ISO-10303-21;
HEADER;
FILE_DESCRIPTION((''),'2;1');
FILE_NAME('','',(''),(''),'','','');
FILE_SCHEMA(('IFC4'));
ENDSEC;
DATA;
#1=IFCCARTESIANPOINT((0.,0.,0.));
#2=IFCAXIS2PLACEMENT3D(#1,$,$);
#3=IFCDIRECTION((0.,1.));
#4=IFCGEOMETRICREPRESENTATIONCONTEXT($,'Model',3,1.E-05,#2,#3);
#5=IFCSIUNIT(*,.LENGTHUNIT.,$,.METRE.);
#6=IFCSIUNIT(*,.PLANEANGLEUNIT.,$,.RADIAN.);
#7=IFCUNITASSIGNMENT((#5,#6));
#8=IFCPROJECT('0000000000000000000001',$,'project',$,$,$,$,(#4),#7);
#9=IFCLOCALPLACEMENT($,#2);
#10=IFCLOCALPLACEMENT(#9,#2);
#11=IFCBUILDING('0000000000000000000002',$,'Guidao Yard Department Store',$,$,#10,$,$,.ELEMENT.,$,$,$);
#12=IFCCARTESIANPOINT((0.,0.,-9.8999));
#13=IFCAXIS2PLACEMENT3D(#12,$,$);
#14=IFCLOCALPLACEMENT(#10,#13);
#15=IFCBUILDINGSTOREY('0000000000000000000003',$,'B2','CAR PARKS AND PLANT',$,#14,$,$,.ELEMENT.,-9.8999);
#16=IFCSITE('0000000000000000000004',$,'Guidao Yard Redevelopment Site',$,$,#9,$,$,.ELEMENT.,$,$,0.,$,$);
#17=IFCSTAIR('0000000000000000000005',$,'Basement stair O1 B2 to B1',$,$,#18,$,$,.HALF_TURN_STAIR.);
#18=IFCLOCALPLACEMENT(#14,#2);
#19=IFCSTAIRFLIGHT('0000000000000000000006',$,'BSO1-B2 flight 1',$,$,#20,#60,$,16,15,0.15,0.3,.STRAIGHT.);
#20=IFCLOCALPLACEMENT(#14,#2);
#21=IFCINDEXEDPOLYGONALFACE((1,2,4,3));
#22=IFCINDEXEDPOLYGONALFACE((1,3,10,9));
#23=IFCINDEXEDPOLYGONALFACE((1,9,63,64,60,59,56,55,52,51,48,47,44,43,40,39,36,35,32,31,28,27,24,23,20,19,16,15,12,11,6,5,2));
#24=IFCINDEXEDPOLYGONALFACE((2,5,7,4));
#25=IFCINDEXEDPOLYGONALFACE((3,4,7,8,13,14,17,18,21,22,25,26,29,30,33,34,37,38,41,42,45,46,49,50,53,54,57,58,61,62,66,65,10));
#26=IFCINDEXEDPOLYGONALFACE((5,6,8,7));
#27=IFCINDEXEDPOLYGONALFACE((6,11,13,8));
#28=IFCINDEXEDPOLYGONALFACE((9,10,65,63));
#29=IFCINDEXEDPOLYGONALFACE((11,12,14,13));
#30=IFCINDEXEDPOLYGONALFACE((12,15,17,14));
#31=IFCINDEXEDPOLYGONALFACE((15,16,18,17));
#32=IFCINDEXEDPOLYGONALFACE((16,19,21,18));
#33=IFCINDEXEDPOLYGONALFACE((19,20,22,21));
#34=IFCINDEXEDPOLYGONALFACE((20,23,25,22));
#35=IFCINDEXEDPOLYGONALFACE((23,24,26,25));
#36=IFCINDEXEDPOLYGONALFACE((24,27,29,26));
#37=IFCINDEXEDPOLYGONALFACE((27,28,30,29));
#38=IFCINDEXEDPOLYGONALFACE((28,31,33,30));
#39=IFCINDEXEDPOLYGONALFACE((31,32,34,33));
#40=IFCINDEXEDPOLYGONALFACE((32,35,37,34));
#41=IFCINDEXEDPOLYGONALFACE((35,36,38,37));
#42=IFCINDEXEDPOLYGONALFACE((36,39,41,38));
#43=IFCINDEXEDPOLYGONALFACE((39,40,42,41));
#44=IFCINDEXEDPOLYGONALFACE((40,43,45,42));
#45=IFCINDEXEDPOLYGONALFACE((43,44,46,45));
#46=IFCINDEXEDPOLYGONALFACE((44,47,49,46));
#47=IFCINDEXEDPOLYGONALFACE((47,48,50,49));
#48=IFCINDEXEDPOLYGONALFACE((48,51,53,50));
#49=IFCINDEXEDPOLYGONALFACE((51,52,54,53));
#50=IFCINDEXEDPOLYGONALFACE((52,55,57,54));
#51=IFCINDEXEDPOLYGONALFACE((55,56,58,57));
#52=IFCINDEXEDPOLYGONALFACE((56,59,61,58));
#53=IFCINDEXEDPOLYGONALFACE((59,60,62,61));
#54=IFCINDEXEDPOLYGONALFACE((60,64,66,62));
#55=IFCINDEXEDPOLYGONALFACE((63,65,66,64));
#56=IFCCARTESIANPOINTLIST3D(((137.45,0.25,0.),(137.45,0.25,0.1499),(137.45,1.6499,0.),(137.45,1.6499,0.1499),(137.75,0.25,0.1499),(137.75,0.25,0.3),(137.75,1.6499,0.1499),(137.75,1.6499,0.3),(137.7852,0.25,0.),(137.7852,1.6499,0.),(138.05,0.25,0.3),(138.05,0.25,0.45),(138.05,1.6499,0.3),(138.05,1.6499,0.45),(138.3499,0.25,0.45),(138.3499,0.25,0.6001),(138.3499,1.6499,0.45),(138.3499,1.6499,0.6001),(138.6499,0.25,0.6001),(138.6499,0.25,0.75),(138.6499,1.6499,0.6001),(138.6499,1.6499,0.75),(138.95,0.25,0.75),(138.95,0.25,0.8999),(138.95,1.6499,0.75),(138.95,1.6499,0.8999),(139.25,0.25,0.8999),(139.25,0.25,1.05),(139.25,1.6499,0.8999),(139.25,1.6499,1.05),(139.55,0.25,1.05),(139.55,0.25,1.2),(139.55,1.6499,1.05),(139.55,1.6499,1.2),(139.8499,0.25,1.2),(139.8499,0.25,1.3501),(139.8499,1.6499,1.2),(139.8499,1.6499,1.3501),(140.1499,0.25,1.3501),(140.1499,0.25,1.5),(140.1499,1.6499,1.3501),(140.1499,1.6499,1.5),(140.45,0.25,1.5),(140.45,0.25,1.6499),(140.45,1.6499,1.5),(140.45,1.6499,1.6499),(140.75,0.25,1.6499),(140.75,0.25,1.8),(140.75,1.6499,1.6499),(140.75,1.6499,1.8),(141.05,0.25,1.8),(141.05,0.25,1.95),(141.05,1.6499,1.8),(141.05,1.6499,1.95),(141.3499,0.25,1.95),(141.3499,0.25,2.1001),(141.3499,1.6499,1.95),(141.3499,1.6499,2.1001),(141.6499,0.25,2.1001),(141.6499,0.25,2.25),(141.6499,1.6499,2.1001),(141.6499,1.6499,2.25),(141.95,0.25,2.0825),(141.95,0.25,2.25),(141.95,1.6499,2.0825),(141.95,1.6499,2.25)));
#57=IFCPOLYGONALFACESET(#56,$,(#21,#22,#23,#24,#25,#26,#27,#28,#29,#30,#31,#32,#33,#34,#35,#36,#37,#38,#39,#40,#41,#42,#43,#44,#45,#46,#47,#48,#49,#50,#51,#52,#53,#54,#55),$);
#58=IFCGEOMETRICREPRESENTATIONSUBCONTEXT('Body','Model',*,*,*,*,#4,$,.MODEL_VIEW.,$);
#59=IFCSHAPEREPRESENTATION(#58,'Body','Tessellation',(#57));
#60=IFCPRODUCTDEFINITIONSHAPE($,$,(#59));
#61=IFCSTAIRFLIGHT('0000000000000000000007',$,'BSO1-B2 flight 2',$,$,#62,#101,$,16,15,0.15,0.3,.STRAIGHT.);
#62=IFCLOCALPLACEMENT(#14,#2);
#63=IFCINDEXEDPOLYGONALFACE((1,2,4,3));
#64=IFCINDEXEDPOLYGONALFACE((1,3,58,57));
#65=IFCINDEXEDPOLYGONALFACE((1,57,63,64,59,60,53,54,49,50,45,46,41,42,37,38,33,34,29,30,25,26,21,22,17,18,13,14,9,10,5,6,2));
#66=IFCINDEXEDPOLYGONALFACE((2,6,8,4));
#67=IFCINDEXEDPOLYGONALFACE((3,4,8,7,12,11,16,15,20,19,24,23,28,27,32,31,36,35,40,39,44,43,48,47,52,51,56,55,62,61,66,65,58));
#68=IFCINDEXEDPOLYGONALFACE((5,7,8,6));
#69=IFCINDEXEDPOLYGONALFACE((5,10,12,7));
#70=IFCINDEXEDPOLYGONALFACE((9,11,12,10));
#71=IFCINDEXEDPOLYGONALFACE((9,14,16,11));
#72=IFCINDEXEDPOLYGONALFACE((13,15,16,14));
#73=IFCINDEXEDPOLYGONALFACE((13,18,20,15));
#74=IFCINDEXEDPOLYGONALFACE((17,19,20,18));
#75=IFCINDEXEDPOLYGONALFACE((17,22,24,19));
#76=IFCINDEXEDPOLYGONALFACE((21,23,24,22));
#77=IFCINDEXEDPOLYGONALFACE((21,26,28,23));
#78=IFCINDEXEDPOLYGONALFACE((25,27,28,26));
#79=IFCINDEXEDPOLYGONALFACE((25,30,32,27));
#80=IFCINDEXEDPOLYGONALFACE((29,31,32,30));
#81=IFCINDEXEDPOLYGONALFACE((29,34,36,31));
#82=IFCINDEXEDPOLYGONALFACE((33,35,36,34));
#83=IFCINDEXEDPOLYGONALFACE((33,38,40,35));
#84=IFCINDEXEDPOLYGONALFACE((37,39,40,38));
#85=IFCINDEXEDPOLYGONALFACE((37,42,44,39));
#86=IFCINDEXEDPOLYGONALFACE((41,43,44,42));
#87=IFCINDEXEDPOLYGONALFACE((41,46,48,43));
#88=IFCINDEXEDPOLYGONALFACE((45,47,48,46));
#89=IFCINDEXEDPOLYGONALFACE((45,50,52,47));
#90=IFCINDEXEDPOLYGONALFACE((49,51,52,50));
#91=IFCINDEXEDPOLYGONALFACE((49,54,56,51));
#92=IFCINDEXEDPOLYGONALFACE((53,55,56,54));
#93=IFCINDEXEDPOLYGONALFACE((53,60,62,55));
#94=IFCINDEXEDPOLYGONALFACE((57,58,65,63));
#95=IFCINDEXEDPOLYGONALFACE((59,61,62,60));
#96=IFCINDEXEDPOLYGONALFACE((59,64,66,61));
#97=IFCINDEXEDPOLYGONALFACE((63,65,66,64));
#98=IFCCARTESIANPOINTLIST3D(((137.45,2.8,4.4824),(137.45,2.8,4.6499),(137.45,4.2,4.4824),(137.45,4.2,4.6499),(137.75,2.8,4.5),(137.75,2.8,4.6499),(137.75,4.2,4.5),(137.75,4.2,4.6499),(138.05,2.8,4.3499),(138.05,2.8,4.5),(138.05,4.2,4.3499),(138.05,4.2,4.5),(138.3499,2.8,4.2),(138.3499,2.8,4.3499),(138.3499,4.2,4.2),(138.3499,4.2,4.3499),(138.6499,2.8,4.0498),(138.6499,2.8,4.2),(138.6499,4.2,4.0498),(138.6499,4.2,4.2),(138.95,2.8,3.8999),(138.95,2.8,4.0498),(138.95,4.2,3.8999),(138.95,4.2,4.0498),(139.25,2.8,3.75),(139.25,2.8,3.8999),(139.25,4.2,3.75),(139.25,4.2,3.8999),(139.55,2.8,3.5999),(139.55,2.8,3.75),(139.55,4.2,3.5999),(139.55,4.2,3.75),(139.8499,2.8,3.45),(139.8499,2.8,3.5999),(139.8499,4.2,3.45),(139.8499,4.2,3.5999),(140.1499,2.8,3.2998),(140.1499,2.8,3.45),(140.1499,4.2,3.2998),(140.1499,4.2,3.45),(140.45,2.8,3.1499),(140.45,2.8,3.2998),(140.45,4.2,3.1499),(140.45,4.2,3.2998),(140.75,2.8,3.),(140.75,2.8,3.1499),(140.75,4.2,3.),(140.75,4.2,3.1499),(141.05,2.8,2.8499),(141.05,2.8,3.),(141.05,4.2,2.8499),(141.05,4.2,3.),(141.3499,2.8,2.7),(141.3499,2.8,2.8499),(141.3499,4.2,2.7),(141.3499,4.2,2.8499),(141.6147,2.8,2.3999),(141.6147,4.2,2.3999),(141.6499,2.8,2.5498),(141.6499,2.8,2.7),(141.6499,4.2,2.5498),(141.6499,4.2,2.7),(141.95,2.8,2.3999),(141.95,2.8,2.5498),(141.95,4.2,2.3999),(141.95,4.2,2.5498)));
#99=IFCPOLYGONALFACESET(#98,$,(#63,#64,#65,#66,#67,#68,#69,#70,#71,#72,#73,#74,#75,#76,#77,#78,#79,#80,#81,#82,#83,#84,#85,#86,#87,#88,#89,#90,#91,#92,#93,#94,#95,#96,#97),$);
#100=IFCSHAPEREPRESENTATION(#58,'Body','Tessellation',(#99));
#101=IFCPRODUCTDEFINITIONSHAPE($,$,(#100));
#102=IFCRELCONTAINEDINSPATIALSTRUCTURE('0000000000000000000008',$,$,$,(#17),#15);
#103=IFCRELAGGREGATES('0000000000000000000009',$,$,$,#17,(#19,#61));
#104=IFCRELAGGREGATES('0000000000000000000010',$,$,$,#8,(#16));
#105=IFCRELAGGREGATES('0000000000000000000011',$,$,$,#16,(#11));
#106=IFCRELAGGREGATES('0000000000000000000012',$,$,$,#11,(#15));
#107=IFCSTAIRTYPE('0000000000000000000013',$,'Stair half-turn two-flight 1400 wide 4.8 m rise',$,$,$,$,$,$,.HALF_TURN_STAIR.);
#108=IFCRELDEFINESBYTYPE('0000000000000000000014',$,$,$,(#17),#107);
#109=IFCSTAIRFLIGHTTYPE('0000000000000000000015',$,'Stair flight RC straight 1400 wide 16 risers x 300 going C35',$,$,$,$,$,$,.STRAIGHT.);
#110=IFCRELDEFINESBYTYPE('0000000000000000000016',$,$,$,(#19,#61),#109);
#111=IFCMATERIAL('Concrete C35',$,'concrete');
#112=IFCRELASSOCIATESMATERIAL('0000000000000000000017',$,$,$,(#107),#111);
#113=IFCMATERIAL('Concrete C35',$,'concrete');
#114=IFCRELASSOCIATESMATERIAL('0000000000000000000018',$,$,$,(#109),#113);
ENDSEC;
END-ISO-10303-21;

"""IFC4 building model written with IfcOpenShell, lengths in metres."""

from ifc_helpers import new_model, si_unit, direction, frame, origin, place, context, subcontext, project, spatial, polyline, outline, extrude, material, type_object, element, aggregate, save


model = new_model("IFC4")

# Units and contexts
model_context = context("Model", 3, precision=1e-05, world=origin(), true_north=direction((0.0, 1.0)))
body_context = subcontext(model_context, "Body", "Model", "MODEL_VIEW")
ifc_project = project(units=[si_unit("LENGTHUNIT", "METRE"), si_unit("PLANEANGLEUNIT", "RADIAN")], contexts=[model_context])

# Site, building, storey
site_placement = place(None, origin())
site = spatial("IfcSite", under=ifc_project, at=site_placement, Name="Guidao Yard Redevelopment Site", CompositionType="ELEMENT", RefElevation=0.0)
building_placement = place(site_placement, origin())
building = spatial("IfcBuilding", under=site, at=building_placement, Name="Guidao Yard Department Store", CompositionType="ELEMENT")
storey_placement = place(building_placement, frame((0.0, 0.0, -9.8999)))
storey = spatial("IfcBuildingStorey", under=building, at=storey_placement, Name="B2", Description="CAR PARKS AND PLANT", CompositionType="ELEMENT", Elevation=-9.8999)

# Stair, stair flights
ifc_material_1 = material(Name="Concrete C35", Category="concrete")
stair_type = type_object("IfcStairType", Name="Stair half-turn two-flight 1400 wide 4.8 m rise", PredefinedType="HALF_TURN_STAIR", material=ifc_material_1)
stair_placement = place(storey_placement, origin())
stair = element("IfcStair", 1, at=stair_placement, inside=storey, type_object=stair_type, Name="Basement stair O1 B2 to B1", PredefinedType="HALF_TURN_STAIR")
ifc_material_2 = material(Name="Concrete C35", Category="concrete")
stair_flight_type = type_object("IfcStairFlightType", Name="Stair flight RC straight 1400 wide 16 risers x 300 going C35", PredefinedType="STRAIGHT", material=ifc_material_2)
stair_flight_1_placement = place(storey_placement, frame((137.45, 0.95, 0.0), z_axis=(0.0, 0.0, 1.0), x_axis=(1.0, 0.0, 0.0)))
stair_flight_1 = element("IfcStairFlight", 2, at=stair_flight_1_placement, type_object=stair_flight_type, Name="BSO1-B2 flight 1", NumberOfRisers=16, NumberOfTreads=15, PredefinedType="STRAIGHT", RiserHeight=0.15, TreadLength=0.3, context=body_context, shape_type="SweptSolid", body=[
    extrude(outline(polyline([(0.0, 0.0), (0.0, 0.1499), (0.3, 0.1499), (0.3, 0.3), (0.6001, 0.3), (0.6001, 0.45), (0.8999, 0.45), (0.8999, 0.6001), (1.2, 0.6001), (1.2, 0.75), (1.5, 0.75), (1.5, 0.8999), (1.8, 0.8999), (1.8, 1.05), (2.1001, 1.05), (2.1001, 1.2), (2.3999, 1.2), (2.3999, 1.3501), (2.7, 1.3501), (2.7, 1.5), (3.0, 1.5), (3.0, 1.6499), (3.3, 1.6499), (3.3, 1.8), (3.6001, 1.8), (3.6001, 1.95), (3.8999, 1.95), (3.8999, 2.1001), (4.2, 2.1001), (4.2, 2.25), (4.5, 2.25), (4.5, 2.3999), (4.5, 2.0825), (0.3352, 0.0), (0.0, 0.0)])), frame((0.0, 0.7, 0.0), z_axis=(0.0, -1.0, 0.0), x_axis=(1.0, 0.0, 0.0)), (0.0, 0.0, 1.0), 1.3999),
])
stair_flight_2_placement = place(storey_placement, frame((141.95, 3.5, 2.3999), z_axis=(0.0, 0.0, 1.0), x_axis=(-1.0, 0.0, 0.0)))
stair_flight_2 = element("IfcStairFlight", 3, at=stair_flight_2_placement, type_object=stair_flight_type, Name="BSO1-B2 flight 2", NumberOfRisers=16, NumberOfTreads=15, PredefinedType="STRAIGHT", RiserHeight=0.15, TreadLength=0.3, context=body_context, shape_type="SweptSolid", body=[
    extrude(outline(polyline([(0.0, 0.0), (0.0, 0.1499), (0.3, 0.1499), (0.3, 0.3), (0.6001, 0.3), (0.6001, 0.45), (0.8999, 0.45), (0.8999, 0.6001), (1.2, 0.6001), (1.2, 0.75), (1.5, 0.75), (1.5, 0.8999), (1.8, 0.8999), (1.8, 1.05), (2.1001, 1.05), (2.1001, 1.2), (2.3999, 1.2), (2.3999, 1.3501), (2.7, 1.3501), (2.7, 1.5), (3.0, 1.5), (3.0, 1.6499), (3.3, 1.6499), (3.3, 1.8), (3.6001, 1.8), (3.6001, 1.95), (3.8999, 1.95), (3.8999, 2.1001), (4.2, 2.1001), (4.2, 2.25), (4.5, 2.25), (4.5, 2.3999), (4.5, 2.0825), (0.3352, 0.0), (0.0, 0.0)])), frame((0.0, 0.7, 0.0), z_axis=(0.0, -1.0, 0.0), x_axis=(1.0, 0.0, 0.0)), (0.0, 0.0, 1.0), 1.3999),
])
aggregate(stair, [stair_flight_1, stair_flight_2])

save(model, "model.ifc")
